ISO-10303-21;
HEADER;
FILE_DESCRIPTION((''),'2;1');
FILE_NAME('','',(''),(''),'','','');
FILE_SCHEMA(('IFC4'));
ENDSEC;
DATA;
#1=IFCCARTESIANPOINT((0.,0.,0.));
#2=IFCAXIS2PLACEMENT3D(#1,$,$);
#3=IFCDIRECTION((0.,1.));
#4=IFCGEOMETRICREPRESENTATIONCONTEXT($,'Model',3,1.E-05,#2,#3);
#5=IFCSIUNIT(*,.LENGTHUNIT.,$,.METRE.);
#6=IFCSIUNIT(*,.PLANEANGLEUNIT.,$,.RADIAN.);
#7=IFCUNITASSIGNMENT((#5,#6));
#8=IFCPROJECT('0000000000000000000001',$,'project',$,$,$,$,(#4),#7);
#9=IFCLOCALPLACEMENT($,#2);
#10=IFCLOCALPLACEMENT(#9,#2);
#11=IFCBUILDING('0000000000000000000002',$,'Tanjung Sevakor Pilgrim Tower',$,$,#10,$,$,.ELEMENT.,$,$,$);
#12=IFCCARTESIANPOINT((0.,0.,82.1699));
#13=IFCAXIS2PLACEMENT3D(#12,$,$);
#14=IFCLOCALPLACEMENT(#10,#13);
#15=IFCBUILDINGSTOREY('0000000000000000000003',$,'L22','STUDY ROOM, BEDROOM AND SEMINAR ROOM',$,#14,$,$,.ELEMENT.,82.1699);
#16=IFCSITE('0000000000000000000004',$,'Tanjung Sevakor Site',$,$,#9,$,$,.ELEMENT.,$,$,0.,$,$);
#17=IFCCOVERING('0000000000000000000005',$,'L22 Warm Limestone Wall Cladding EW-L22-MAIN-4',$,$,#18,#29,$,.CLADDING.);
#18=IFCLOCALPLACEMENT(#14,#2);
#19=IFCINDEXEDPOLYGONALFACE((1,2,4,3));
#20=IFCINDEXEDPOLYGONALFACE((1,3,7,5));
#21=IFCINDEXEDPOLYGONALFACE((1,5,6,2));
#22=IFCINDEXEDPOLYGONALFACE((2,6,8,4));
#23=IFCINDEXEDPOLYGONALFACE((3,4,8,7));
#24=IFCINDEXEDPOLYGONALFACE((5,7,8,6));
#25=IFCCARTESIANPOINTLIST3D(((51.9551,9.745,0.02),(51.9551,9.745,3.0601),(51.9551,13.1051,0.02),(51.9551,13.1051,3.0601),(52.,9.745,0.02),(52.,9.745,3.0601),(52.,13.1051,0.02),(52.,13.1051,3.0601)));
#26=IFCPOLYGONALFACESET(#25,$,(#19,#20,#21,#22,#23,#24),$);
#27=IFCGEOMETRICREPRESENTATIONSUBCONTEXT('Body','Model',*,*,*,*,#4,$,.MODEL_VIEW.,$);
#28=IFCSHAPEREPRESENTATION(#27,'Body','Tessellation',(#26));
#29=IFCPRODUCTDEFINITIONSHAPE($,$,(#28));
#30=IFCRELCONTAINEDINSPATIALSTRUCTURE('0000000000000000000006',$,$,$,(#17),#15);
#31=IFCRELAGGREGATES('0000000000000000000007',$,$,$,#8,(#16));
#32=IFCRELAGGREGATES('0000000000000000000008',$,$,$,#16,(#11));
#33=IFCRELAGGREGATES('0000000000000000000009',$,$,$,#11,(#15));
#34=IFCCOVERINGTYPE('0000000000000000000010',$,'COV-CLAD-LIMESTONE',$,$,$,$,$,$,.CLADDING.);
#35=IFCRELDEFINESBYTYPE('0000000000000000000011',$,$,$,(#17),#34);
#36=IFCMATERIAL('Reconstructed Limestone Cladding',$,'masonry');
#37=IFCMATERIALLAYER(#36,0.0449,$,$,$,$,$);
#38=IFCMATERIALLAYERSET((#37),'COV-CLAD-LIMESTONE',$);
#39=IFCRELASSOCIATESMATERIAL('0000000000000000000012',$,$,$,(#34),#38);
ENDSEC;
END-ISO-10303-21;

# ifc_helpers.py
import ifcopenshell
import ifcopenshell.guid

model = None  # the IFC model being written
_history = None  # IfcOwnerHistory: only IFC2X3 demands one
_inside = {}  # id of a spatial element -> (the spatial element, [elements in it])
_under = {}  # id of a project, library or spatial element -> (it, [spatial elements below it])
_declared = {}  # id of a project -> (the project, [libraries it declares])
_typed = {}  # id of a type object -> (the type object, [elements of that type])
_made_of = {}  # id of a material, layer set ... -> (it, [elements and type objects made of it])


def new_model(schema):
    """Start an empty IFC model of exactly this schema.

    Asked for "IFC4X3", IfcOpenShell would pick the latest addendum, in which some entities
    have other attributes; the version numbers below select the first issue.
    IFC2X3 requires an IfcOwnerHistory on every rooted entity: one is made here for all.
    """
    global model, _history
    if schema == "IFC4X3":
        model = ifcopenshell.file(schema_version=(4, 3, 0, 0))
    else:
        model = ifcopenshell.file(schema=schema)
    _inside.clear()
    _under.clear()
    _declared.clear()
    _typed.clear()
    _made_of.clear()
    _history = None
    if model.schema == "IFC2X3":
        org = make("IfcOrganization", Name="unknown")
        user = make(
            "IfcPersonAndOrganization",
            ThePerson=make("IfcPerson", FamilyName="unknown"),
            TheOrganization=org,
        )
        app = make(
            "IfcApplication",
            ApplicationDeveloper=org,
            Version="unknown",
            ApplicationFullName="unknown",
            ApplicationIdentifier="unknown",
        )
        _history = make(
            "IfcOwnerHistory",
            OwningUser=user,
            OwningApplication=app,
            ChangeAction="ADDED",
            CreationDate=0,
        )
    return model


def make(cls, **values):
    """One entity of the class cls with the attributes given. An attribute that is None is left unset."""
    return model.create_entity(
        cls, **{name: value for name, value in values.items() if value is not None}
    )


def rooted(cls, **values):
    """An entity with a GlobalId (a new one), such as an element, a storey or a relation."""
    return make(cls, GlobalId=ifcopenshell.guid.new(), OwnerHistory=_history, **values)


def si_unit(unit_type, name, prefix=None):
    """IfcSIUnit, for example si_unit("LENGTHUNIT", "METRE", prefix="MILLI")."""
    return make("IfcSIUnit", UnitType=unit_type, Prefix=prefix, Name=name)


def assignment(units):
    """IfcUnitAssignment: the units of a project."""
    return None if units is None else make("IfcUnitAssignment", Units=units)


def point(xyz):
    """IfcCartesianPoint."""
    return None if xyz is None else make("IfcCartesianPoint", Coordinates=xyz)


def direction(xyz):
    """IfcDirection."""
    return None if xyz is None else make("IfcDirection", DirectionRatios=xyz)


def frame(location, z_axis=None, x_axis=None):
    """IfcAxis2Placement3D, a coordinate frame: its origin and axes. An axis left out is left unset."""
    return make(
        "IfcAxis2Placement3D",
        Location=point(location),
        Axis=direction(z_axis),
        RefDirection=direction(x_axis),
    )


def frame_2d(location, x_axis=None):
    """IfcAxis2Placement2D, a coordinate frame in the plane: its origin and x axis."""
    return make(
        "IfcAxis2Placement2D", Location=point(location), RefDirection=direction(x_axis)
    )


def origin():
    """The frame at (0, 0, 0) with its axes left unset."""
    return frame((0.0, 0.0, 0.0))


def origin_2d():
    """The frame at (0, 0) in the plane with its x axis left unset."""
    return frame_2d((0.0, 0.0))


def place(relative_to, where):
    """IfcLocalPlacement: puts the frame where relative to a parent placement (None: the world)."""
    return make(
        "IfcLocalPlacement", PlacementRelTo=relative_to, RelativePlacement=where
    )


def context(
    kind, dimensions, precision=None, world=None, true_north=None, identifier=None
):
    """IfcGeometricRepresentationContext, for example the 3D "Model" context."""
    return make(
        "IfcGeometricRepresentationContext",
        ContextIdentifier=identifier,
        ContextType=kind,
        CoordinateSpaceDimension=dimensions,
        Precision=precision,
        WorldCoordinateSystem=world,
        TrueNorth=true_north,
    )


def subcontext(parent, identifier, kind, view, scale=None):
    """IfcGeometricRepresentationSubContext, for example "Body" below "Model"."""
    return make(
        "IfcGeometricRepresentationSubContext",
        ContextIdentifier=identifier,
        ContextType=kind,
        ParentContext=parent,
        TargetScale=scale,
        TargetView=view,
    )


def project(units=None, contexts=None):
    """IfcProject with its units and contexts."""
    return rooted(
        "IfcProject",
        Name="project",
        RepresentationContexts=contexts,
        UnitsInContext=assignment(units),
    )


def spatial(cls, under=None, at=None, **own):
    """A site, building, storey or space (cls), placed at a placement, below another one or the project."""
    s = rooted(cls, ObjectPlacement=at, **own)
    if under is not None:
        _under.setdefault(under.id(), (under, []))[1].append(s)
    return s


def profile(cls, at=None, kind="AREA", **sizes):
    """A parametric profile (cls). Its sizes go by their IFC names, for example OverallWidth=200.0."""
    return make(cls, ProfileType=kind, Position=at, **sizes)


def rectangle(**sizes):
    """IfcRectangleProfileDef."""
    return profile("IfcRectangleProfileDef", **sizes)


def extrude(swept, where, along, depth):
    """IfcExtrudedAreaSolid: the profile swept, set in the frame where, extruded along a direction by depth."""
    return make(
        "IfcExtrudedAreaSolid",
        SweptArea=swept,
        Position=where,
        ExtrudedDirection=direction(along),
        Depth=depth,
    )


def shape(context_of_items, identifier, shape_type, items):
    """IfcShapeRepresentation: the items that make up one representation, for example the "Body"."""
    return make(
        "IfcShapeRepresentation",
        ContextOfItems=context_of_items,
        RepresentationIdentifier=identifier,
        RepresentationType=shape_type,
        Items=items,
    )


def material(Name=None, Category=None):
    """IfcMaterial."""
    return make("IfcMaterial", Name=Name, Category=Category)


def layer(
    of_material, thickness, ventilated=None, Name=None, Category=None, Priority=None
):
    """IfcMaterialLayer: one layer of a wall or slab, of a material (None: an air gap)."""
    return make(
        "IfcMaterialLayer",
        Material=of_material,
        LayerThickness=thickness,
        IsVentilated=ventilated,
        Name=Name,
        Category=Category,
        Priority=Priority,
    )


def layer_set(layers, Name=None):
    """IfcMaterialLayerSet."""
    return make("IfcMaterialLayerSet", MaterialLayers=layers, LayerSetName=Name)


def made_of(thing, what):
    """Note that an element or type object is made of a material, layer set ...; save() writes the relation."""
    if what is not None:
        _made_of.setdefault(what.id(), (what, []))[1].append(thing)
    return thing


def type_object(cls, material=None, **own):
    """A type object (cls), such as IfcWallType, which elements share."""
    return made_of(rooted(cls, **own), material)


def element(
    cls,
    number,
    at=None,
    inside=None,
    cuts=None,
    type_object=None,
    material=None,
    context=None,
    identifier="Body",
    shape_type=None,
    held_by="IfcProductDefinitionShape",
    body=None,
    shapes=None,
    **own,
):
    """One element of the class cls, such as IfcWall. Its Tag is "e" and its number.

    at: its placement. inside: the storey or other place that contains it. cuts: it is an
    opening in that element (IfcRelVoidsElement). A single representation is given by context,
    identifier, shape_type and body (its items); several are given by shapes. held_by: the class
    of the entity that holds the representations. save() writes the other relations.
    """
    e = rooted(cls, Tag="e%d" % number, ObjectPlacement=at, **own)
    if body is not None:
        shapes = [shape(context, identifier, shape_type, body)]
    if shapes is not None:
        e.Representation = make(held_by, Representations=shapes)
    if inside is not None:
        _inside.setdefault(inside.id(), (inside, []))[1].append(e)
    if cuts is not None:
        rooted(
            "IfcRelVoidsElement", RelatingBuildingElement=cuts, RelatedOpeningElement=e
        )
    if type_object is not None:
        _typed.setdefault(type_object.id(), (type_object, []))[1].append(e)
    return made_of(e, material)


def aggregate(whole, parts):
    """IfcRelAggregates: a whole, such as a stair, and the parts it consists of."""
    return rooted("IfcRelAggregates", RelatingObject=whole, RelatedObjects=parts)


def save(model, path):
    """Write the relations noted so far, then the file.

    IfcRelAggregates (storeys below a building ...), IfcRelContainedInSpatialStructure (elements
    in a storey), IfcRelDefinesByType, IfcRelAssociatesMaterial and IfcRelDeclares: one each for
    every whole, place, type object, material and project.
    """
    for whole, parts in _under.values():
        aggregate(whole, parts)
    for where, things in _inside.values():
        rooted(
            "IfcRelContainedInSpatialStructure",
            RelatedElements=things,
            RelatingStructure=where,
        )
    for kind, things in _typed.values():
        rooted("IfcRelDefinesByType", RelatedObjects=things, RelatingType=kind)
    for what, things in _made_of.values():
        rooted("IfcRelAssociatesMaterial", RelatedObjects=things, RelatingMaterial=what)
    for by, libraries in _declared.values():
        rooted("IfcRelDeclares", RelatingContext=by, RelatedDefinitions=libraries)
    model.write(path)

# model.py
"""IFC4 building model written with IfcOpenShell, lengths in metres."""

from ifc_helpers import new_model, si_unit, direction, frame, origin, origin_2d, place, context, subcontext, project, spatial, rectangle, extrude, material, layer, layer_set, type_object, element, save


model = new_model("IFC4")

# Units and contexts
model_context = context("Model", 3, precision=1e-05, world=origin(), true_north=direction((0.0, 1.0)))
body_context = subcontext(model_context, "Body", "Model", "MODEL_VIEW")
ifc_project = project(units=[si_unit("LENGTHUNIT", "METRE"), si_unit("PLANEANGLEUNIT", "RADIAN")], contexts=[model_context])

# Site, building, storey
site_placement = place(None, origin())
site = spatial("IfcSite", under=ifc_project, at=site_placement, Name="Tanjung Sevakor Site", CompositionType="ELEMENT", RefElevation=0.0)
building_placement = place(site_placement, origin())
building = spatial("IfcBuilding", under=site, at=building_placement, Name="Tanjung Sevakor Pilgrim Tower", CompositionType="ELEMENT")
storey_placement = place(building_placement, frame((0.0, 0.0, 82.1699)))
storey = spatial("IfcBuildingStorey", under=building, at=storey_placement, Name="L22", Description="STUDY ROOM, BEDROOM AND SEMINAR ROOM", CompositionType="ELEMENT", Elevation=82.1699)

# Covering
ifc_material_1 = material(Name="Reconstructed Limestone Cladding", Category="masonry")
ifc_layer_1 = layer(ifc_material_1, 0.0449)
ifc_layer_set_1 = layer_set([ifc_layer_1], Name="COV-CLAD-LIMESTONE")
covering_type = type_object("IfcCoveringType", Name="COV-CLAD-LIMESTONE", PredefinedType="CLADDING", material=ifc_layer_set_1)
for number, where, z_axis, x_axis, name in (
    (1, (51.9775, 11.425, 0.02), (0.0, 0.0, 1.0), (0.0, -1.0, 0.0), "L22 Warm Limestone Wall Cladding EW-L22-MAIN-4"),
):
    element("IfcCovering", number, at=place(storey_placement, frame(where, z_axis=z_axis, x_axis=x_axis)), inside=storey, type_object=covering_type, Name=name, PredefinedType="CLADDING", context=body_context, shape_type="SweptSolid", body=[
        extrude(rectangle(XDim=3.3601, YDim=0.0449, at=origin_2d()), origin(), (0.0, 0.0, 1.0), 3.04),
    ])

save(model, "model.ifc")
